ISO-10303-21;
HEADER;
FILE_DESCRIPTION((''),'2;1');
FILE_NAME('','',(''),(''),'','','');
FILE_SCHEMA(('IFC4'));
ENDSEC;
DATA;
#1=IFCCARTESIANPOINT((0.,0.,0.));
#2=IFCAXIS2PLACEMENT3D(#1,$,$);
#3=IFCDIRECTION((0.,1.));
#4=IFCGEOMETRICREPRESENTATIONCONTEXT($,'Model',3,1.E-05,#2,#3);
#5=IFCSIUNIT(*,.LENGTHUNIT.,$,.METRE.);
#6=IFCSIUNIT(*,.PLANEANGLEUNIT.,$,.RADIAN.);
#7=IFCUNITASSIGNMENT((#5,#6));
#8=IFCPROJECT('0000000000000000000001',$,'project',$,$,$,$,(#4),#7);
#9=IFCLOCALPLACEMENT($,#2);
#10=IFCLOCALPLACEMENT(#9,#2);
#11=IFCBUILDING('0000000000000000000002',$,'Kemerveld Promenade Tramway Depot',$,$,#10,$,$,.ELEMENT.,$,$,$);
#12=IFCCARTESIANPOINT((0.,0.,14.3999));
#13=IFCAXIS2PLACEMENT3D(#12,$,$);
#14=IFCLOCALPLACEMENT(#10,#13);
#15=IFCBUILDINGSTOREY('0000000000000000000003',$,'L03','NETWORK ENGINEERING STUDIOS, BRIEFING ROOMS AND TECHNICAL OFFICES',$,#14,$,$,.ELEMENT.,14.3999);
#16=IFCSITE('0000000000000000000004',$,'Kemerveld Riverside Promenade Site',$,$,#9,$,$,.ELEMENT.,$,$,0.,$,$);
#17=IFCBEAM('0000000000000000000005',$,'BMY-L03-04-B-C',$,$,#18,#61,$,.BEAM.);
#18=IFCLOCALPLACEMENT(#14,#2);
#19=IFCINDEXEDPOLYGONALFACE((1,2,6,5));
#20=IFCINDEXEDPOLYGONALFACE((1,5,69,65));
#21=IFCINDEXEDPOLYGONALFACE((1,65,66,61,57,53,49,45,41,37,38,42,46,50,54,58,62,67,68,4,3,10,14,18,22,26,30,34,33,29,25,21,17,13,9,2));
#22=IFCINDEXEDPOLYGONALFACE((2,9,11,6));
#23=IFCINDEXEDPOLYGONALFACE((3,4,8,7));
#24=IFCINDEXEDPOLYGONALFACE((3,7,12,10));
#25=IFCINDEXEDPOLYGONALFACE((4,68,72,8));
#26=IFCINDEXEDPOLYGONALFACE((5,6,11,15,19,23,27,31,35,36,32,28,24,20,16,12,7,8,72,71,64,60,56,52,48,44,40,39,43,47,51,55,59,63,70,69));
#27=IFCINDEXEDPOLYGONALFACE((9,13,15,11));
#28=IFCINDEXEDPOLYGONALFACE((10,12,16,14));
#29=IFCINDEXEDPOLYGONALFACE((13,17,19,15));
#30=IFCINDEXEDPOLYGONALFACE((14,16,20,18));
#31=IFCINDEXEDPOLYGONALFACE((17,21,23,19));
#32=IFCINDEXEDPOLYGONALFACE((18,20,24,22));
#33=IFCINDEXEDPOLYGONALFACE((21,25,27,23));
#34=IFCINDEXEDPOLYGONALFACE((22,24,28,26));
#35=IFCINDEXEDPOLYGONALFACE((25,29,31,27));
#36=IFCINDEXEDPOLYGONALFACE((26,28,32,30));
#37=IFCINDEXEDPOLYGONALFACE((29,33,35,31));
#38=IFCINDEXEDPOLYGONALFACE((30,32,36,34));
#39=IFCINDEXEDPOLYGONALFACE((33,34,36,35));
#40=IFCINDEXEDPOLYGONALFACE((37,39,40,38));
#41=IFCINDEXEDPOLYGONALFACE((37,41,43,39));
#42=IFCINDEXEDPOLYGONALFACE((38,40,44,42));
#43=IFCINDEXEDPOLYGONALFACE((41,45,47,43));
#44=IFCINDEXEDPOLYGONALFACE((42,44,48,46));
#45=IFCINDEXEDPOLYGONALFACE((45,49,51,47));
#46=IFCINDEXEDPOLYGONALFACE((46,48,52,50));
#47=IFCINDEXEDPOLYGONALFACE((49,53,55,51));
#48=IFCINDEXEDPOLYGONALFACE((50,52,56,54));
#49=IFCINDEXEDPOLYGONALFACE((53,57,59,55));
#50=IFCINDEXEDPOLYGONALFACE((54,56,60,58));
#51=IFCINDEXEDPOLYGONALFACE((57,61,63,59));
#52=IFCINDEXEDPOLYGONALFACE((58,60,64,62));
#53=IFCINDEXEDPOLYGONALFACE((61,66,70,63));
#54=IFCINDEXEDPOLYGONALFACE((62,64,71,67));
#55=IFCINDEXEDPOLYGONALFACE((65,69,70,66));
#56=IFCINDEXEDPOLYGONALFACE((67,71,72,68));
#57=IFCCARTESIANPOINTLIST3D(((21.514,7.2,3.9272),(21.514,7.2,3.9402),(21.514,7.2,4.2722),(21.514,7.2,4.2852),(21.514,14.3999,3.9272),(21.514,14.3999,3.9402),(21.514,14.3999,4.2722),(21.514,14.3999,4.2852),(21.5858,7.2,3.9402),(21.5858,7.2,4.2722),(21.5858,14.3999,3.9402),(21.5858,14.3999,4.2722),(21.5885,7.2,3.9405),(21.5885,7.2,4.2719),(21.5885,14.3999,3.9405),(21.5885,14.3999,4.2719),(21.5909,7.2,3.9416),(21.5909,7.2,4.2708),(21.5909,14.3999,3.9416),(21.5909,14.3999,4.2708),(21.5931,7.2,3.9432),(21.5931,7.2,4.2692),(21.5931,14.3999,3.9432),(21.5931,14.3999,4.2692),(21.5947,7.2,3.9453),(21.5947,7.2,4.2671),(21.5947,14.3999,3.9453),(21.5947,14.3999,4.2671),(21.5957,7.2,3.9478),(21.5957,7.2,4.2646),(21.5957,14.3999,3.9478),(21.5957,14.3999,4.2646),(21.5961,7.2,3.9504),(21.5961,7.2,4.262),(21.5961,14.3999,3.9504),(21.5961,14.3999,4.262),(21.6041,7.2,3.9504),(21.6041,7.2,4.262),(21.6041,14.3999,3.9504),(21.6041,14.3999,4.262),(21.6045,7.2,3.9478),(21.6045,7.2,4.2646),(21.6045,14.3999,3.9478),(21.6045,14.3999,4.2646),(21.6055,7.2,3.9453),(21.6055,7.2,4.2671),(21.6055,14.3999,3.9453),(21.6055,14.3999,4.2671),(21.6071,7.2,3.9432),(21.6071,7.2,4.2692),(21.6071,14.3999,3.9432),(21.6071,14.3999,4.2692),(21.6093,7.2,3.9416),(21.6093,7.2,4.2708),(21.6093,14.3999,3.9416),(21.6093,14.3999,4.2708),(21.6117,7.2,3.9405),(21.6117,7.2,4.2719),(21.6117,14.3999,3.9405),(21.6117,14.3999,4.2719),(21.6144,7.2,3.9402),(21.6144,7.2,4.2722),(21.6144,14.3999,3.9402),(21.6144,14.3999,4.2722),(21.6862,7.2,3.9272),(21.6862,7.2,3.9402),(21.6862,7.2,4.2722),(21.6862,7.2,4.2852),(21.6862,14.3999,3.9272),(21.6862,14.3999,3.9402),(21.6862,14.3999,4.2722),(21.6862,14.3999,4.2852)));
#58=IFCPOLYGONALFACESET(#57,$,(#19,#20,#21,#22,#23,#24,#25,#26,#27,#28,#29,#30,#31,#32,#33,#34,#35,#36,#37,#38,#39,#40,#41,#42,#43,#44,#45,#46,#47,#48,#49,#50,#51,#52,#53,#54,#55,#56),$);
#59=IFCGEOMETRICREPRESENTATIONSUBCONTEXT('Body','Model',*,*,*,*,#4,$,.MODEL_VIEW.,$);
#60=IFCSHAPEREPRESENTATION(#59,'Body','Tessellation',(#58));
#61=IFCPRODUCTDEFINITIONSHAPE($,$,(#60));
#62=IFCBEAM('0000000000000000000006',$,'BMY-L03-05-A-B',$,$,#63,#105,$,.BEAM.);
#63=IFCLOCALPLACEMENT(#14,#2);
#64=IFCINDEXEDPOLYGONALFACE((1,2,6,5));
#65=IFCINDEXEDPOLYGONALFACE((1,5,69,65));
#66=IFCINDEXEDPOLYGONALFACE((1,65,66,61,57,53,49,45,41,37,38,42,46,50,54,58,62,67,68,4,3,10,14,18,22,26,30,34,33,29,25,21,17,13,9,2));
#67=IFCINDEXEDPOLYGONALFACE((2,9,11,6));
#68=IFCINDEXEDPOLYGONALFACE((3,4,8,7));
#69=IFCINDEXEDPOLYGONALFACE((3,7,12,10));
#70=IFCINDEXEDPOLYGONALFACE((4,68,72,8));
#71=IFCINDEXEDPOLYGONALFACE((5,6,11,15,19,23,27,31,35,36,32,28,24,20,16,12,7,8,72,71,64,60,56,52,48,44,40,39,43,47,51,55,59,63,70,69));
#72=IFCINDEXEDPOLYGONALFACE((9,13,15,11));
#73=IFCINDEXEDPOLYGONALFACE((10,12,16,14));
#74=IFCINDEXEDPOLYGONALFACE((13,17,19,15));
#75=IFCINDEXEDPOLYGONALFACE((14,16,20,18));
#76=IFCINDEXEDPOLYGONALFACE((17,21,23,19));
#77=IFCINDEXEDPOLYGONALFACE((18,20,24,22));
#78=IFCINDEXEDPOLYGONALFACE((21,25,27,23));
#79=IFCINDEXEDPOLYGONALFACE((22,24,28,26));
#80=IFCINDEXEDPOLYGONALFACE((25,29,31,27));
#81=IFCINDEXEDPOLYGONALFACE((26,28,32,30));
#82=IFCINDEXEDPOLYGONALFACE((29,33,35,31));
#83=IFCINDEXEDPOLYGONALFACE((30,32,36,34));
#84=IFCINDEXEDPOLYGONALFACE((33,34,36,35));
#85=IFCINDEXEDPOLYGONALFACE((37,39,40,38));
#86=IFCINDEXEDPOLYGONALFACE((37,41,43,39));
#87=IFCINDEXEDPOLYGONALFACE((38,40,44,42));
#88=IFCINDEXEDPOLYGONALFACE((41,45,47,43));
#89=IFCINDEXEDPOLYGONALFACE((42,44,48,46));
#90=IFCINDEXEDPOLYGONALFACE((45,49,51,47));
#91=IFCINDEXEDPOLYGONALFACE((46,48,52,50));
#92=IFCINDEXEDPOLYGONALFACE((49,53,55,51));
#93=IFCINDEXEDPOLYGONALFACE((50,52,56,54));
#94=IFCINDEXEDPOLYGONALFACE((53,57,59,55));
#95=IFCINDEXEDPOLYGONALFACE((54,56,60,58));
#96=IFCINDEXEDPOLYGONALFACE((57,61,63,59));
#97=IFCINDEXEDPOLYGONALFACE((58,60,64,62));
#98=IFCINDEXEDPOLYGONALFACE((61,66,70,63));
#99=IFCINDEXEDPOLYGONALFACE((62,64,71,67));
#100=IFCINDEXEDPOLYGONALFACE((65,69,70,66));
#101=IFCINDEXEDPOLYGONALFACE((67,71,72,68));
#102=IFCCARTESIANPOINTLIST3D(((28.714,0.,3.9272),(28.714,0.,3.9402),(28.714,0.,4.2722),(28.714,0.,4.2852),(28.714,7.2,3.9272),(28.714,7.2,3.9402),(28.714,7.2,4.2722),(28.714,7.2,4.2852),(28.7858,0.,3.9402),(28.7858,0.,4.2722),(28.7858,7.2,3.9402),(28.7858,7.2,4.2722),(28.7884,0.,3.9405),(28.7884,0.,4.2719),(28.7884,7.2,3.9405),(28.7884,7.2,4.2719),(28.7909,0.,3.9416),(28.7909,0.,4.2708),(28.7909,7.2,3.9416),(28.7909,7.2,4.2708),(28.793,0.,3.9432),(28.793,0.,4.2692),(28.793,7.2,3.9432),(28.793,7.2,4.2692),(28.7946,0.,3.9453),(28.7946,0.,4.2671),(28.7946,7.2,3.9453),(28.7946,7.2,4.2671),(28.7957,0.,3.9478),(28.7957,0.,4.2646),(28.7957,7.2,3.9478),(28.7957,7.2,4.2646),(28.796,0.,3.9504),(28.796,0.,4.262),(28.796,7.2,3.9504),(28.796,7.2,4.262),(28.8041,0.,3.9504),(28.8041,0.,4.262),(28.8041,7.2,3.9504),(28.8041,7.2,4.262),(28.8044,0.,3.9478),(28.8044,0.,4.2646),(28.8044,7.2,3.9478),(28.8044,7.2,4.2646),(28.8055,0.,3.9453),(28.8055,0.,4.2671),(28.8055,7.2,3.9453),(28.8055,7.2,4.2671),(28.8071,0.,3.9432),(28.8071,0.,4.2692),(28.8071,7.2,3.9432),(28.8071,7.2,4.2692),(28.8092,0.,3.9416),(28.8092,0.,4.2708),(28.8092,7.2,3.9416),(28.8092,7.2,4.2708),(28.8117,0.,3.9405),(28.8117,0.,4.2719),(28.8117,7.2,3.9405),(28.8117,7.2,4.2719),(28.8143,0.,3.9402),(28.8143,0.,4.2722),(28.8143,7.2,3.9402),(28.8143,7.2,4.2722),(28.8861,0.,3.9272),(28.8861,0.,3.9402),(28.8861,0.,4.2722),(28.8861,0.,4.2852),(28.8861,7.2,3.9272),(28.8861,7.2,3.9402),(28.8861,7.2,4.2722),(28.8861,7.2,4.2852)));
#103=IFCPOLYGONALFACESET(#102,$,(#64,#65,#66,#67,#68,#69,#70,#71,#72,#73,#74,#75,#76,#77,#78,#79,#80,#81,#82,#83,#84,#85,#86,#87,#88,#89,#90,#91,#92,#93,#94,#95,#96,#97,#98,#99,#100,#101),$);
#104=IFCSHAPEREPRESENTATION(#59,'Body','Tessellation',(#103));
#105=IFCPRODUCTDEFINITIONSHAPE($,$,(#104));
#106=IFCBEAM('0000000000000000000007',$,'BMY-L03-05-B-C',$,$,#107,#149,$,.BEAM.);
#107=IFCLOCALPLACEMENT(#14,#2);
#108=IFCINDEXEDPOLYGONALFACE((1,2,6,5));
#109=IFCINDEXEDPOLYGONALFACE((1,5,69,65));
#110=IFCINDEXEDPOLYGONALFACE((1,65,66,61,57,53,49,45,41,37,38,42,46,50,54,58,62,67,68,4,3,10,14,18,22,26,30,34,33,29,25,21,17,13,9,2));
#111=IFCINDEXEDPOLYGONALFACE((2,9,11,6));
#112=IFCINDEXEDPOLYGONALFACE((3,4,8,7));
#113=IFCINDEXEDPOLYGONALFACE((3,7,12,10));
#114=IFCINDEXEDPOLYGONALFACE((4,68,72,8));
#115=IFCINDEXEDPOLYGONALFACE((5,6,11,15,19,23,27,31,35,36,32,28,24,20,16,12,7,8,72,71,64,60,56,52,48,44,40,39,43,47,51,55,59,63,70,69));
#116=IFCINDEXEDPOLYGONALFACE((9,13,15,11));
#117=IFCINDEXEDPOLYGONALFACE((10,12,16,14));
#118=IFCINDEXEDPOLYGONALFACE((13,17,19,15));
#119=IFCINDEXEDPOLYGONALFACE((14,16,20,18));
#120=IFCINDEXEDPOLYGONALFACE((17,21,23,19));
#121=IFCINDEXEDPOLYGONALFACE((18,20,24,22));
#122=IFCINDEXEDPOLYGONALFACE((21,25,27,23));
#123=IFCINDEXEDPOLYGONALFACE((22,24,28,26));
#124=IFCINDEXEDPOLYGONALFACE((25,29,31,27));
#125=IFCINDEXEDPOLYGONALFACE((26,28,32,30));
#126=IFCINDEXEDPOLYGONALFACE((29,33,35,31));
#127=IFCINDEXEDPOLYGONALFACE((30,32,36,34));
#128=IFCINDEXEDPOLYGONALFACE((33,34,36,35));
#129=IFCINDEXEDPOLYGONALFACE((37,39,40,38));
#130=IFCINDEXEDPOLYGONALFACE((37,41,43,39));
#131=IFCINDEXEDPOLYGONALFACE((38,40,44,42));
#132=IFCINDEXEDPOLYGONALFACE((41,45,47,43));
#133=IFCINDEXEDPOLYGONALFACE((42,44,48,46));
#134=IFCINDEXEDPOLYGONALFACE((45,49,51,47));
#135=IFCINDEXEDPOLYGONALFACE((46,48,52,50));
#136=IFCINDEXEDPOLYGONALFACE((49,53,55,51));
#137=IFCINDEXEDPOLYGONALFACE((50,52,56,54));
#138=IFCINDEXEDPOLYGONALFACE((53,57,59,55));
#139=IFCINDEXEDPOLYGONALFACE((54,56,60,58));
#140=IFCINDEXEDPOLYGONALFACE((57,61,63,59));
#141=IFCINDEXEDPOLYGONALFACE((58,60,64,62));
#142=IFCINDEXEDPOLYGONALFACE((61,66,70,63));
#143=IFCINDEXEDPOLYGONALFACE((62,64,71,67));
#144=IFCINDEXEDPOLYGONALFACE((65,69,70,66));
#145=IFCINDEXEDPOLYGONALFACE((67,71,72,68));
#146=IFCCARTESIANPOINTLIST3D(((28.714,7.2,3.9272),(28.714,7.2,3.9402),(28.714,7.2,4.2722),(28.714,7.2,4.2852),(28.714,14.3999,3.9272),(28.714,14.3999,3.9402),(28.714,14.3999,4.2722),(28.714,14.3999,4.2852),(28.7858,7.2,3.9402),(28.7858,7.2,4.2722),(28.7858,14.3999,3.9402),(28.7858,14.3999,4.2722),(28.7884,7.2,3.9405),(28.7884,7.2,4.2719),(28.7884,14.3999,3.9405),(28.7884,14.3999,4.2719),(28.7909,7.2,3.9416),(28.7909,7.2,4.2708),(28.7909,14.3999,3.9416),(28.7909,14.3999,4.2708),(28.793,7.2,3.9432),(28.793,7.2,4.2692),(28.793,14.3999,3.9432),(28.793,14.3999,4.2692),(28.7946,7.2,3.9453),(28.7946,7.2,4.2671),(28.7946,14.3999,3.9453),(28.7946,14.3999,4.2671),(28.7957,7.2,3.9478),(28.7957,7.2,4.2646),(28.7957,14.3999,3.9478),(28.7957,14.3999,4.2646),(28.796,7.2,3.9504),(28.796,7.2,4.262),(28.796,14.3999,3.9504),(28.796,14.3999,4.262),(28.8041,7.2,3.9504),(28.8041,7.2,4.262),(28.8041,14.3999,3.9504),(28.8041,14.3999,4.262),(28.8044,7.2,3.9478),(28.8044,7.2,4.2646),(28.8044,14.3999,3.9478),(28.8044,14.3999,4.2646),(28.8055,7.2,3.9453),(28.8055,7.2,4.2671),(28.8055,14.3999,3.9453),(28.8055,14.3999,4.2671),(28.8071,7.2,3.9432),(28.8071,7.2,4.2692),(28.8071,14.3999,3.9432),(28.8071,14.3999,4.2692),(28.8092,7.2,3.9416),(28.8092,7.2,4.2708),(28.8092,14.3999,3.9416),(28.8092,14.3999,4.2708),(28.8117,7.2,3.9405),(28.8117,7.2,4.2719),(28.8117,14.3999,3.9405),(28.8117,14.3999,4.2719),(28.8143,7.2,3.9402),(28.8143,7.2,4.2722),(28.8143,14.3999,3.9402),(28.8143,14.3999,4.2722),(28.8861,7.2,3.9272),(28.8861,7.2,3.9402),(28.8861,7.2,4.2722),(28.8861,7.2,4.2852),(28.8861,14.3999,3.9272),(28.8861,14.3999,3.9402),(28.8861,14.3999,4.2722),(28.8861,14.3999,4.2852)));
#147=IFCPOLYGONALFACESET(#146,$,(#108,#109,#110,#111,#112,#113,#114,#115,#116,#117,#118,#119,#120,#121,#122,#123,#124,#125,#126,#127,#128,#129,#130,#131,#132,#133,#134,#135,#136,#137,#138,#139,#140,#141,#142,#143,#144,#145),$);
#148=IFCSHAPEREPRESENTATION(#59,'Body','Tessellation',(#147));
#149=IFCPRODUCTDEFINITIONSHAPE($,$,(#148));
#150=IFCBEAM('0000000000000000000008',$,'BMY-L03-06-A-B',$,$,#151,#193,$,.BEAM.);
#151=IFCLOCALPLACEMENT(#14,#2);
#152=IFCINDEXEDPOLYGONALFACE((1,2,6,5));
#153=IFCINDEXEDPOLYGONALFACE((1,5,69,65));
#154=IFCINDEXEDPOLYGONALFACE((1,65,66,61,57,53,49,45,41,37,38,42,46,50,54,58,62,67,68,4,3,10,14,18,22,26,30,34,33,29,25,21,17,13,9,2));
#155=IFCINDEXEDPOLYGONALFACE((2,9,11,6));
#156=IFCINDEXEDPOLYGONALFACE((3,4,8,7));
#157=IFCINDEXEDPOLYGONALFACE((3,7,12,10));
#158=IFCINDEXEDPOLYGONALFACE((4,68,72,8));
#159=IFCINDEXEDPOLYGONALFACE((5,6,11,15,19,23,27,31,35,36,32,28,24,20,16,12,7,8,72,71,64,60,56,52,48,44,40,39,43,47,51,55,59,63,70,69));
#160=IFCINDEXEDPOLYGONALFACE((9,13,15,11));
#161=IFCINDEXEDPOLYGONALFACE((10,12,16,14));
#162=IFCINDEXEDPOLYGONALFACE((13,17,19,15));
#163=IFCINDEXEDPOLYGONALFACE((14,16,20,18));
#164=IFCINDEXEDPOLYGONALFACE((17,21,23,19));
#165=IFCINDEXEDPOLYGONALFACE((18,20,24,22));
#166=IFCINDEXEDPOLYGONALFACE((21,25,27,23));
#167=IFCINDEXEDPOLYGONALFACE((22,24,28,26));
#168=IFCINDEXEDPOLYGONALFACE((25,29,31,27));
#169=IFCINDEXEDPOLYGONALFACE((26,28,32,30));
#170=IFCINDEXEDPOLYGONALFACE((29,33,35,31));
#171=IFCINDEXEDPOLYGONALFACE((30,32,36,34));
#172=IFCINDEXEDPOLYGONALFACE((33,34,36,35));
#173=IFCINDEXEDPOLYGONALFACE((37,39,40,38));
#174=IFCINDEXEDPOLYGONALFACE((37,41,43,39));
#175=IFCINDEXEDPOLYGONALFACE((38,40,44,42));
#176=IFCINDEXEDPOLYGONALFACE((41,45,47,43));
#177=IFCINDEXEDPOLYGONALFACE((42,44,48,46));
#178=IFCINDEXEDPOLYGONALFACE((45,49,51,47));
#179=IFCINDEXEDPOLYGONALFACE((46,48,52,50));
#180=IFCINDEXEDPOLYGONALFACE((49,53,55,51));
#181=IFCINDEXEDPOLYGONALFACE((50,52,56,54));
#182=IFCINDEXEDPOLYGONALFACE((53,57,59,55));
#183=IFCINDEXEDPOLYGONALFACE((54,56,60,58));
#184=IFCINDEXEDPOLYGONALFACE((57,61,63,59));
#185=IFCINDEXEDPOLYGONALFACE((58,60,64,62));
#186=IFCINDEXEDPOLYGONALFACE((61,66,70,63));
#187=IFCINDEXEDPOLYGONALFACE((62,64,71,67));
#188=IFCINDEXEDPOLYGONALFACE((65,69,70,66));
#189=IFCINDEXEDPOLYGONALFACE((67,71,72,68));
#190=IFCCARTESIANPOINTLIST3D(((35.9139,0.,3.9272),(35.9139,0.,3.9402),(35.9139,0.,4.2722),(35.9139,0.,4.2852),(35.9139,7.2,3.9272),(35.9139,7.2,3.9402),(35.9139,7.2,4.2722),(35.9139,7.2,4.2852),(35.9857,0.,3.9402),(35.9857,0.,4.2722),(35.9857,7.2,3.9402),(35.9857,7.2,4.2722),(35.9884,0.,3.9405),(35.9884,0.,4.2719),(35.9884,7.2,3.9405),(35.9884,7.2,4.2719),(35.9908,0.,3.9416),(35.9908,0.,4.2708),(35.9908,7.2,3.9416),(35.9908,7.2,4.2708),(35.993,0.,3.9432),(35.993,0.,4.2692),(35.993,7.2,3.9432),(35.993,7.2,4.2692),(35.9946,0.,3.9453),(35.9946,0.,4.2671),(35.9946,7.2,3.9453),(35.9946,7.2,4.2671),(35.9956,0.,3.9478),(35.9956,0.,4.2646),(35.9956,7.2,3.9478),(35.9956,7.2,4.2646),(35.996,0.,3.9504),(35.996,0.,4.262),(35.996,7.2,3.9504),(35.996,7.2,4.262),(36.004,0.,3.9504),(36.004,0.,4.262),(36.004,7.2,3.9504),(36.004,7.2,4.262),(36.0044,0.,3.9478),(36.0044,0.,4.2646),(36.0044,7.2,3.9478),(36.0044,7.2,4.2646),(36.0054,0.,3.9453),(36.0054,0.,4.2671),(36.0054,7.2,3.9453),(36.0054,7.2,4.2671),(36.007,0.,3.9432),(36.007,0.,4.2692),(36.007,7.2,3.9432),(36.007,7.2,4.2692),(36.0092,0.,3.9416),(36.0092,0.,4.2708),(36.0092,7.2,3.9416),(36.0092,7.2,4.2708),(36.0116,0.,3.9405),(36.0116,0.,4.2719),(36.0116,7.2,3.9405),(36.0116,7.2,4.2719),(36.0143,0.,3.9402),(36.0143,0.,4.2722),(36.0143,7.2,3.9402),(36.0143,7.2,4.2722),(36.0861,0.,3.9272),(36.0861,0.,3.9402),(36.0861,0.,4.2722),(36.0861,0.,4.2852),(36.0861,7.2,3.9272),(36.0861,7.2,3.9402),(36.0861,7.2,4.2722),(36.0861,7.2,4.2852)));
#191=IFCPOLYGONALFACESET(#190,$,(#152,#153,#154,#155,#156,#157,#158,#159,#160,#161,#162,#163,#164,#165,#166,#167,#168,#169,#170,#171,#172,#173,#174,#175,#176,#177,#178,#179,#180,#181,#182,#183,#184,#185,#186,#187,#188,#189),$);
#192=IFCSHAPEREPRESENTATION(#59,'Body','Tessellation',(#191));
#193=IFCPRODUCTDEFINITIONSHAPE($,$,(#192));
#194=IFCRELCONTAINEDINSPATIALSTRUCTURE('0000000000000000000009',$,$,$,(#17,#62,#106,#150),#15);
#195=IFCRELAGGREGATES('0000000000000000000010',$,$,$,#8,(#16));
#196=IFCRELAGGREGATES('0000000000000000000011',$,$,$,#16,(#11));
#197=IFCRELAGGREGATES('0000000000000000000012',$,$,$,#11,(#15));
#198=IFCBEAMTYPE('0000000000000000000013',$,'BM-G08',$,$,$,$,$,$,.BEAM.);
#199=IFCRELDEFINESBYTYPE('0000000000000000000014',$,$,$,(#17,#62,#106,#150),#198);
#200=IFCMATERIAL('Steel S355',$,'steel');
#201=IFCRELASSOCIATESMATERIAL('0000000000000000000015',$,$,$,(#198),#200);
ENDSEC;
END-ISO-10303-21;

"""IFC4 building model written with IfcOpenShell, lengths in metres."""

from ifc_helpers import new_model, si_unit, direction, frame, origin, origin_2d, place, context, subcontext, project, spatial, i_section, extrude, material, material_profile, profile_set, type_object, element, save


model = new_model("IFC4")

# Units and contexts
model_context = context("Model", 3, precision=1e-05, world=origin(), true_north=direction((0.0, 1.0)))
body_context = subcontext(model_context, "Body", "Model", "MODEL_VIEW")
ifc_project = project(units=[si_unit("LENGTHUNIT", "METRE"), si_unit("PLANEANGLEUNIT", "RADIAN")], contexts=[model_context])

# Site, building, storey
site_placement = place(None, origin())
site = spatial("IfcSite", under=ifc_project, at=site_placement, Name="Kemerveld Riverside Promenade Site", CompositionType="ELEMENT", RefElevation=0.0)
building_placement = place(site_placement, origin())
building = spatial("IfcBuilding", under=site, at=building_placement, Name="Kemerveld Promenade Tramway Depot", CompositionType="ELEMENT")
storey_placement = place(building_placement, frame((0.0, 0.0, 14.3999)))
storey = spatial("IfcBuildingStorey", under=building, at=storey_placement, Name="L03", Description="NETWORK ENGINEERING STUDIOS, BRIEFING ROOMS AND TECHNICAL OFFICES", CompositionType="ELEMENT", Elevation=14.3999)

# Shared definitions
ifc_material_1 = material(Name="Steel S355", Category="steel")

# Beams
ifc_material_profile_1 = material_profile(ifc_material_1, i_section(OverallWidth=0.1721, OverallDepth=0.3579, WebThickness=0.0081, FlangeThickness=0.0129, FilletRadius=0.0103, at=origin_2d()), Name="356x171x57 UB")
ifc_profile_set_1 = profile_set([ifc_material_profile_1], Name="Steel S355")
beam_type_1 = type_object("IfcBeamType", Name="BM-G08", PredefinedType="BEAM", material=ifc_profile_set_1)
for number, where, z_axis, x_axis, name in (
    (1, (21.6001, 7.2, 4.1062), (0.0, 1.0, 0.0), (-1.0, 0.0, 0.0), "BMY-L03-04-B-C"),
    (2, (28.8, 0.0, 4.1062), (0.0, 1.0, 0.0), (-1.0, 0.0, 0.0), "BMY-L03-05-A-B"),
    (3, (28.8, 7.2, 4.1062), (0.0, 1.0, 0.0), (-1.0, 0.0, 0.0), "BMY-L03-05-B-C"),
    (4, (36.0, 0.0, 4.1062), (0.0, 1.0, 0.0), (-1.0, 0.0, 0.0), "BMY-L03-06-A-B"),
):
    element("IfcBeam", number, at=place(storey_placement, frame(where, z_axis=z_axis, x_axis=x_axis)), inside=storey, type_object=beam_type_1, Name=name, PredefinedType="BEAM", context=body_context, shape_type="SweptSolid", body=[
        extrude(i_section(OverallWidth=0.1721, OverallDepth=0.3579, WebThickness=0.0081, FlangeThickness=0.0129, FilletRadius=0.0103, at=origin_2d()), origin(), (0.0, 0.0, 1.0), 7.2),
    ])

save(model, "model.ifc")
